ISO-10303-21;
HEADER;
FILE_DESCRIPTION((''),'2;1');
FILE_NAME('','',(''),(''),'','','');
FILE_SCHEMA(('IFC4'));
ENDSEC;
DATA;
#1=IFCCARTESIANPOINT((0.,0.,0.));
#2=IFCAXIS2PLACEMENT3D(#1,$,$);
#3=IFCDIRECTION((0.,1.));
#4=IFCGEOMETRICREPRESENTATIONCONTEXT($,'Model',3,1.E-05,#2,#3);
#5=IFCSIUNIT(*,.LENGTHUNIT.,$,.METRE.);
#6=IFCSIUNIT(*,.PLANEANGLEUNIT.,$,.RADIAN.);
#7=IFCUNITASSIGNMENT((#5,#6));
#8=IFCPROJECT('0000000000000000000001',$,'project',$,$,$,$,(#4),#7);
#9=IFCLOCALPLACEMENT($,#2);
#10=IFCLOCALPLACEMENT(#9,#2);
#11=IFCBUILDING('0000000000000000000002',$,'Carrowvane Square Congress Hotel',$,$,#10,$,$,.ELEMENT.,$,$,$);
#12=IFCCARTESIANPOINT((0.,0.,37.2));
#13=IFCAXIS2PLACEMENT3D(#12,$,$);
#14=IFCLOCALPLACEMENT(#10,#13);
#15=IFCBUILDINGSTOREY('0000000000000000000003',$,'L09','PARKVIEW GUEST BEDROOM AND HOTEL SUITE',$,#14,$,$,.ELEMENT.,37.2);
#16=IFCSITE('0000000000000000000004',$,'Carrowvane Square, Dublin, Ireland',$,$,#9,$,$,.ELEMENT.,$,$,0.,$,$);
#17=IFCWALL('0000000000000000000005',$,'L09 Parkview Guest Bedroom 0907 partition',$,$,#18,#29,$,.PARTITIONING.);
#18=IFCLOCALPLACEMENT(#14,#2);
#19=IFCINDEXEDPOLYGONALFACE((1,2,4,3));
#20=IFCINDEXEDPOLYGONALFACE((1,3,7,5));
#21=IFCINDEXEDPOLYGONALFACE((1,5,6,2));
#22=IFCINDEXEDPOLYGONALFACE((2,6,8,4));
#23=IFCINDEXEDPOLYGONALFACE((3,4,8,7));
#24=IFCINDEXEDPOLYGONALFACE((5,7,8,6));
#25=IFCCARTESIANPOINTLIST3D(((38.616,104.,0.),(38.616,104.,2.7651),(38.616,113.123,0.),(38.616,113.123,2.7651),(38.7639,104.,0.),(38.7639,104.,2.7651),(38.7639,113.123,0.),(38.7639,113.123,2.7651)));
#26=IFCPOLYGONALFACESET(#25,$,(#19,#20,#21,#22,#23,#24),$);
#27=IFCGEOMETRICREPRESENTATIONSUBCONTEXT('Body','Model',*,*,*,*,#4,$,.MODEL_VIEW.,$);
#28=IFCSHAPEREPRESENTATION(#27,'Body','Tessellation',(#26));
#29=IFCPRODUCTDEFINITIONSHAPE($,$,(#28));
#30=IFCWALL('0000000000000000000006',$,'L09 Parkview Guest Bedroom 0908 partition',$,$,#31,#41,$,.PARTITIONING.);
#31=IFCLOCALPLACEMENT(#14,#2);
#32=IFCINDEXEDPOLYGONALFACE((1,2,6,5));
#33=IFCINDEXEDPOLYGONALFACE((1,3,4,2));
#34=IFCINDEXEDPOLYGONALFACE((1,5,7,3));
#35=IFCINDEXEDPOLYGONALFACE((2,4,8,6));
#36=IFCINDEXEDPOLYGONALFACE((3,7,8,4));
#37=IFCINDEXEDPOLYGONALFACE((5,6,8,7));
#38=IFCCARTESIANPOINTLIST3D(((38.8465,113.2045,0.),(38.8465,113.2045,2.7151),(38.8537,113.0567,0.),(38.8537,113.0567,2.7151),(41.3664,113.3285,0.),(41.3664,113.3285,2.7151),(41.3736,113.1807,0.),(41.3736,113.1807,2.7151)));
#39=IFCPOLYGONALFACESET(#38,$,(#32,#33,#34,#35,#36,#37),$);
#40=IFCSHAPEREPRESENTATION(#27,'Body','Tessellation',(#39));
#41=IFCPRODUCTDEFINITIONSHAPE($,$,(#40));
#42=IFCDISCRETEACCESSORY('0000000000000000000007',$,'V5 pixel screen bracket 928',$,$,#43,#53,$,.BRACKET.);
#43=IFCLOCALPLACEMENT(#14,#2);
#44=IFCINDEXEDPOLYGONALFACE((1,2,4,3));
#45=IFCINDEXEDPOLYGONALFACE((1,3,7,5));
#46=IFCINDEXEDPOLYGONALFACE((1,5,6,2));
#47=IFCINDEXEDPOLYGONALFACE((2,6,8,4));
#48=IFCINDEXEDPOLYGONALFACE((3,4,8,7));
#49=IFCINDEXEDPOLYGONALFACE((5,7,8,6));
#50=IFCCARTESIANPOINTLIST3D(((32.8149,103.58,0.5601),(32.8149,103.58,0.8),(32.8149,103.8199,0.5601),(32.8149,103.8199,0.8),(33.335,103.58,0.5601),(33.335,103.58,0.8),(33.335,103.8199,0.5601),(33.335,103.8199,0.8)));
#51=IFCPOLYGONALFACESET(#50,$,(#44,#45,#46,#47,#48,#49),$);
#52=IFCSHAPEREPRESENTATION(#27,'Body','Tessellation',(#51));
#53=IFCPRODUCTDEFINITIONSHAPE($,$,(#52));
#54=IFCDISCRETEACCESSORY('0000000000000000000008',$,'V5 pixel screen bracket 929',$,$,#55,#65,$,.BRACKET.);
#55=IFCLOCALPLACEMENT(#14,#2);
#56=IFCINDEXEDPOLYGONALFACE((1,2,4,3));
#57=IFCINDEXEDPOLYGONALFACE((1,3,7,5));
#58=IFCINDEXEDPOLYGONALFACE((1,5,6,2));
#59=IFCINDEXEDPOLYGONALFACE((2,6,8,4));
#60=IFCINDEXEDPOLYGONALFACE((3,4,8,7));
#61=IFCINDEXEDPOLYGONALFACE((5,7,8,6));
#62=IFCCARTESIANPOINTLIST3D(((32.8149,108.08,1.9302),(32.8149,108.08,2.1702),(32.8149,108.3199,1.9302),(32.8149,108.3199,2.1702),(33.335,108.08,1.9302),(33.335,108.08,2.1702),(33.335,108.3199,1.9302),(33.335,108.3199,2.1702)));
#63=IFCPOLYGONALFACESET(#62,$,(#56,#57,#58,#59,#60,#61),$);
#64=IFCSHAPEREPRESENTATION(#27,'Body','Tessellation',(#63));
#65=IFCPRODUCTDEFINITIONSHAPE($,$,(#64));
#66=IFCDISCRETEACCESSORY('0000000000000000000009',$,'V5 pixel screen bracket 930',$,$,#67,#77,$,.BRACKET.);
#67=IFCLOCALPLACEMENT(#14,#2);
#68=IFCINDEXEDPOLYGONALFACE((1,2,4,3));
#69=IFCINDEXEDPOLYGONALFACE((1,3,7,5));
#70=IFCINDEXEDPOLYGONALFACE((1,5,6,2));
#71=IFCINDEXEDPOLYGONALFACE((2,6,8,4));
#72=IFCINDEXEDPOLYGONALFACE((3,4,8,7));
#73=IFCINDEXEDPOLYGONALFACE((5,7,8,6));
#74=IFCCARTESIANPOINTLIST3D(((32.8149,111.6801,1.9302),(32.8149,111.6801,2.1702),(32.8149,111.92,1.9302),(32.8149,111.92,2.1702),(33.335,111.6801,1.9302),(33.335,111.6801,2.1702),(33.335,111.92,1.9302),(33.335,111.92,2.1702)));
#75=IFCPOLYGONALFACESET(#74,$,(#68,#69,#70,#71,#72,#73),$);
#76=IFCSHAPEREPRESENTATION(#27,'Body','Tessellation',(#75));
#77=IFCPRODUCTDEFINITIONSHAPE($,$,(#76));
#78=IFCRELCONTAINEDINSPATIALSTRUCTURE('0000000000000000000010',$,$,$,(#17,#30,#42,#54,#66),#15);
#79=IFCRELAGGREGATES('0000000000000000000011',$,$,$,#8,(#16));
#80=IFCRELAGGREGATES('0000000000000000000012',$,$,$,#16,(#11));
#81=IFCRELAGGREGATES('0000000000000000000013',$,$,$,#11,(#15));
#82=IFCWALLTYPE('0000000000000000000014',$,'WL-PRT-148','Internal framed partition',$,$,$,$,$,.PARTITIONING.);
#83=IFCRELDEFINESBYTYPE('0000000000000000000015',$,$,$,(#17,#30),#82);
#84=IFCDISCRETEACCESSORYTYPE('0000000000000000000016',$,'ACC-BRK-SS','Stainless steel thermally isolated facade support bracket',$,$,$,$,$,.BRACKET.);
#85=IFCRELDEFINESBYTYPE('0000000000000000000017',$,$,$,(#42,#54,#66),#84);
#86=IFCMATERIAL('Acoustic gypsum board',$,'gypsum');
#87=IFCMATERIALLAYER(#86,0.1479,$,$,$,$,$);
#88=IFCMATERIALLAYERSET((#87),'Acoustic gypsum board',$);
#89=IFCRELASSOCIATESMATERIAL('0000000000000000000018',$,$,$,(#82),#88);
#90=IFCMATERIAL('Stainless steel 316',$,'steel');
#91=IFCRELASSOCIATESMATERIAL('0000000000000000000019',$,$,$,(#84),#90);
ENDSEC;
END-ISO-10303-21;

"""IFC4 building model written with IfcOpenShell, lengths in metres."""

from ifc_helpers import new_model, si_unit, direction, frame, frame_2d, origin, origin_2d, place, context, subcontext, project, spatial, rectangle, extrude, material, layer, layer_set, type_object, element, save


model = new_model("IFC4")

# Units and contexts
model_context = context("Model", 3, precision=1e-05, world=origin(), true_north=direction((0.0, 1.0)))
body_context = subcontext(model_context, "Body", "Model", "MODEL_VIEW")
ifc_project = project(units=[si_unit("LENGTHUNIT", "METRE"), si_unit("PLANEANGLEUNIT", "RADIAN")], contexts=[model_context])

# Site, building, storey
site_placement = place(None, origin())
site = spatial("IfcSite", under=ifc_project, at=site_placement, Name="Carrowvane Square, Dublin, Ireland", CompositionType="ELEMENT", RefElevation=0.0)
building_placement = place(site_placement, origin())
building = spatial("IfcBuilding", under=site, at=building_placement, Name="Carrowvane Square Congress Hotel", CompositionType="ELEMENT")
storey_placement = place(building_placement, frame((0.0, 0.0, 37.2)))
storey = spatial("IfcBuildingStorey", under=building, at=storey_placement, Name="L09", Description="PARKVIEW GUEST BEDROOM AND HOTEL SUITE", CompositionType="ELEMENT", Elevation=37.2)

# Walls
ifc_material_1 = material(Name="Acoustic gypsum board", Category="gypsum")
ifc_layer_1 = layer(ifc_material_1, 0.1479)
ifc_layer_set_1 = layer_set([ifc_layer_1], Name="Acoustic gypsum board")
wall_type_1 = type_object("IfcWallType", Name="WL-PRT-148", Description="Internal framed partition", PredefinedType="PARTITIONING", material=ifc_layer_set_1)
wall_1_placement = place(storey_placement, frame((38.6899, 113.123, 0.0), z_axis=(0.0, 0.0, 1.0), x_axis=(0.0, -1.0, 0.0)))
element("IfcWall", 1, at=wall_1_placement, inside=storey, type_object=wall_type_1, Name="L09 Parkview Guest Bedroom 0907 partition", PredefinedType="PARTITIONING", context=body_context, shape_type="SweptSolid", body=[
    extrude(rectangle(XDim=9.123, YDim=0.1479, at=frame_2d((4.5615, 0.0))), origin(), (0.0, 0.0, 1.0), 2.7651),
])
wall_2_placement = place(storey_placement, frame((38.8501, 113.1306, 0.0), z_axis=(0.0, 0.0, 1.0), x_axis=(0.998791, 0.049156, 0.0)))
element("IfcWall", 2, at=wall_2_placement, inside=storey, type_object=wall_type_1, Name="L09 Parkview Guest Bedroom 0908 partition", PredefinedType="PARTITIONING", context=body_context, shape_type="SweptSolid", body=[
    extrude(rectangle(XDim=2.5229, YDim=0.1479, at=frame_2d((1.2615, 0.0))), origin(), (0.0, 0.0, 1.0), 2.7151),
])

# Discrete accessories
ifc_material_2 = material(Name="Stainless steel 316", Category="steel")
discrete_accessory_type = type_object("IfcDiscreteAccessoryType", Name="ACC-BRK-SS", Description="Stainless steel thermally isolated facade support bracket", PredefinedType="BRACKET", material=ifc_material_2)
for number, where, z_axis, x_axis, name in (
    (3, (33.075, 103.7, 0.5601), (0.0, 0.0, 1.0), (0.0, 1.0, 0.0), "V5 pixel screen bracket 928"),
    (4, (33.075, 108.2, 1.9302), (0.0, 0.0, 1.0), (0.0, 1.0, 0.0), "V5 pixel screen bracket 929"),
    (5, (33.075, 111.8, 1.9302), (0.0, 0.0, 1.0), (0.0, 1.0, 0.0), "V5 pixel screen bracket 930"),
):
    element("IfcDiscreteAccessory", number, at=place(storey_placement, frame(where, z_axis=z_axis, x_axis=x_axis)), inside=storey, type_object=discrete_accessory_type, Name=name, PredefinedType="BRACKET", context=body_context, shape_type="SweptSolid", body=[
        extrude(rectangle(XDim=0.24, YDim=0.52, at=origin_2d()), origin(), (0.0, 0.0, 1.0), 0.24),
    ])

save(model, "model.ifc")
